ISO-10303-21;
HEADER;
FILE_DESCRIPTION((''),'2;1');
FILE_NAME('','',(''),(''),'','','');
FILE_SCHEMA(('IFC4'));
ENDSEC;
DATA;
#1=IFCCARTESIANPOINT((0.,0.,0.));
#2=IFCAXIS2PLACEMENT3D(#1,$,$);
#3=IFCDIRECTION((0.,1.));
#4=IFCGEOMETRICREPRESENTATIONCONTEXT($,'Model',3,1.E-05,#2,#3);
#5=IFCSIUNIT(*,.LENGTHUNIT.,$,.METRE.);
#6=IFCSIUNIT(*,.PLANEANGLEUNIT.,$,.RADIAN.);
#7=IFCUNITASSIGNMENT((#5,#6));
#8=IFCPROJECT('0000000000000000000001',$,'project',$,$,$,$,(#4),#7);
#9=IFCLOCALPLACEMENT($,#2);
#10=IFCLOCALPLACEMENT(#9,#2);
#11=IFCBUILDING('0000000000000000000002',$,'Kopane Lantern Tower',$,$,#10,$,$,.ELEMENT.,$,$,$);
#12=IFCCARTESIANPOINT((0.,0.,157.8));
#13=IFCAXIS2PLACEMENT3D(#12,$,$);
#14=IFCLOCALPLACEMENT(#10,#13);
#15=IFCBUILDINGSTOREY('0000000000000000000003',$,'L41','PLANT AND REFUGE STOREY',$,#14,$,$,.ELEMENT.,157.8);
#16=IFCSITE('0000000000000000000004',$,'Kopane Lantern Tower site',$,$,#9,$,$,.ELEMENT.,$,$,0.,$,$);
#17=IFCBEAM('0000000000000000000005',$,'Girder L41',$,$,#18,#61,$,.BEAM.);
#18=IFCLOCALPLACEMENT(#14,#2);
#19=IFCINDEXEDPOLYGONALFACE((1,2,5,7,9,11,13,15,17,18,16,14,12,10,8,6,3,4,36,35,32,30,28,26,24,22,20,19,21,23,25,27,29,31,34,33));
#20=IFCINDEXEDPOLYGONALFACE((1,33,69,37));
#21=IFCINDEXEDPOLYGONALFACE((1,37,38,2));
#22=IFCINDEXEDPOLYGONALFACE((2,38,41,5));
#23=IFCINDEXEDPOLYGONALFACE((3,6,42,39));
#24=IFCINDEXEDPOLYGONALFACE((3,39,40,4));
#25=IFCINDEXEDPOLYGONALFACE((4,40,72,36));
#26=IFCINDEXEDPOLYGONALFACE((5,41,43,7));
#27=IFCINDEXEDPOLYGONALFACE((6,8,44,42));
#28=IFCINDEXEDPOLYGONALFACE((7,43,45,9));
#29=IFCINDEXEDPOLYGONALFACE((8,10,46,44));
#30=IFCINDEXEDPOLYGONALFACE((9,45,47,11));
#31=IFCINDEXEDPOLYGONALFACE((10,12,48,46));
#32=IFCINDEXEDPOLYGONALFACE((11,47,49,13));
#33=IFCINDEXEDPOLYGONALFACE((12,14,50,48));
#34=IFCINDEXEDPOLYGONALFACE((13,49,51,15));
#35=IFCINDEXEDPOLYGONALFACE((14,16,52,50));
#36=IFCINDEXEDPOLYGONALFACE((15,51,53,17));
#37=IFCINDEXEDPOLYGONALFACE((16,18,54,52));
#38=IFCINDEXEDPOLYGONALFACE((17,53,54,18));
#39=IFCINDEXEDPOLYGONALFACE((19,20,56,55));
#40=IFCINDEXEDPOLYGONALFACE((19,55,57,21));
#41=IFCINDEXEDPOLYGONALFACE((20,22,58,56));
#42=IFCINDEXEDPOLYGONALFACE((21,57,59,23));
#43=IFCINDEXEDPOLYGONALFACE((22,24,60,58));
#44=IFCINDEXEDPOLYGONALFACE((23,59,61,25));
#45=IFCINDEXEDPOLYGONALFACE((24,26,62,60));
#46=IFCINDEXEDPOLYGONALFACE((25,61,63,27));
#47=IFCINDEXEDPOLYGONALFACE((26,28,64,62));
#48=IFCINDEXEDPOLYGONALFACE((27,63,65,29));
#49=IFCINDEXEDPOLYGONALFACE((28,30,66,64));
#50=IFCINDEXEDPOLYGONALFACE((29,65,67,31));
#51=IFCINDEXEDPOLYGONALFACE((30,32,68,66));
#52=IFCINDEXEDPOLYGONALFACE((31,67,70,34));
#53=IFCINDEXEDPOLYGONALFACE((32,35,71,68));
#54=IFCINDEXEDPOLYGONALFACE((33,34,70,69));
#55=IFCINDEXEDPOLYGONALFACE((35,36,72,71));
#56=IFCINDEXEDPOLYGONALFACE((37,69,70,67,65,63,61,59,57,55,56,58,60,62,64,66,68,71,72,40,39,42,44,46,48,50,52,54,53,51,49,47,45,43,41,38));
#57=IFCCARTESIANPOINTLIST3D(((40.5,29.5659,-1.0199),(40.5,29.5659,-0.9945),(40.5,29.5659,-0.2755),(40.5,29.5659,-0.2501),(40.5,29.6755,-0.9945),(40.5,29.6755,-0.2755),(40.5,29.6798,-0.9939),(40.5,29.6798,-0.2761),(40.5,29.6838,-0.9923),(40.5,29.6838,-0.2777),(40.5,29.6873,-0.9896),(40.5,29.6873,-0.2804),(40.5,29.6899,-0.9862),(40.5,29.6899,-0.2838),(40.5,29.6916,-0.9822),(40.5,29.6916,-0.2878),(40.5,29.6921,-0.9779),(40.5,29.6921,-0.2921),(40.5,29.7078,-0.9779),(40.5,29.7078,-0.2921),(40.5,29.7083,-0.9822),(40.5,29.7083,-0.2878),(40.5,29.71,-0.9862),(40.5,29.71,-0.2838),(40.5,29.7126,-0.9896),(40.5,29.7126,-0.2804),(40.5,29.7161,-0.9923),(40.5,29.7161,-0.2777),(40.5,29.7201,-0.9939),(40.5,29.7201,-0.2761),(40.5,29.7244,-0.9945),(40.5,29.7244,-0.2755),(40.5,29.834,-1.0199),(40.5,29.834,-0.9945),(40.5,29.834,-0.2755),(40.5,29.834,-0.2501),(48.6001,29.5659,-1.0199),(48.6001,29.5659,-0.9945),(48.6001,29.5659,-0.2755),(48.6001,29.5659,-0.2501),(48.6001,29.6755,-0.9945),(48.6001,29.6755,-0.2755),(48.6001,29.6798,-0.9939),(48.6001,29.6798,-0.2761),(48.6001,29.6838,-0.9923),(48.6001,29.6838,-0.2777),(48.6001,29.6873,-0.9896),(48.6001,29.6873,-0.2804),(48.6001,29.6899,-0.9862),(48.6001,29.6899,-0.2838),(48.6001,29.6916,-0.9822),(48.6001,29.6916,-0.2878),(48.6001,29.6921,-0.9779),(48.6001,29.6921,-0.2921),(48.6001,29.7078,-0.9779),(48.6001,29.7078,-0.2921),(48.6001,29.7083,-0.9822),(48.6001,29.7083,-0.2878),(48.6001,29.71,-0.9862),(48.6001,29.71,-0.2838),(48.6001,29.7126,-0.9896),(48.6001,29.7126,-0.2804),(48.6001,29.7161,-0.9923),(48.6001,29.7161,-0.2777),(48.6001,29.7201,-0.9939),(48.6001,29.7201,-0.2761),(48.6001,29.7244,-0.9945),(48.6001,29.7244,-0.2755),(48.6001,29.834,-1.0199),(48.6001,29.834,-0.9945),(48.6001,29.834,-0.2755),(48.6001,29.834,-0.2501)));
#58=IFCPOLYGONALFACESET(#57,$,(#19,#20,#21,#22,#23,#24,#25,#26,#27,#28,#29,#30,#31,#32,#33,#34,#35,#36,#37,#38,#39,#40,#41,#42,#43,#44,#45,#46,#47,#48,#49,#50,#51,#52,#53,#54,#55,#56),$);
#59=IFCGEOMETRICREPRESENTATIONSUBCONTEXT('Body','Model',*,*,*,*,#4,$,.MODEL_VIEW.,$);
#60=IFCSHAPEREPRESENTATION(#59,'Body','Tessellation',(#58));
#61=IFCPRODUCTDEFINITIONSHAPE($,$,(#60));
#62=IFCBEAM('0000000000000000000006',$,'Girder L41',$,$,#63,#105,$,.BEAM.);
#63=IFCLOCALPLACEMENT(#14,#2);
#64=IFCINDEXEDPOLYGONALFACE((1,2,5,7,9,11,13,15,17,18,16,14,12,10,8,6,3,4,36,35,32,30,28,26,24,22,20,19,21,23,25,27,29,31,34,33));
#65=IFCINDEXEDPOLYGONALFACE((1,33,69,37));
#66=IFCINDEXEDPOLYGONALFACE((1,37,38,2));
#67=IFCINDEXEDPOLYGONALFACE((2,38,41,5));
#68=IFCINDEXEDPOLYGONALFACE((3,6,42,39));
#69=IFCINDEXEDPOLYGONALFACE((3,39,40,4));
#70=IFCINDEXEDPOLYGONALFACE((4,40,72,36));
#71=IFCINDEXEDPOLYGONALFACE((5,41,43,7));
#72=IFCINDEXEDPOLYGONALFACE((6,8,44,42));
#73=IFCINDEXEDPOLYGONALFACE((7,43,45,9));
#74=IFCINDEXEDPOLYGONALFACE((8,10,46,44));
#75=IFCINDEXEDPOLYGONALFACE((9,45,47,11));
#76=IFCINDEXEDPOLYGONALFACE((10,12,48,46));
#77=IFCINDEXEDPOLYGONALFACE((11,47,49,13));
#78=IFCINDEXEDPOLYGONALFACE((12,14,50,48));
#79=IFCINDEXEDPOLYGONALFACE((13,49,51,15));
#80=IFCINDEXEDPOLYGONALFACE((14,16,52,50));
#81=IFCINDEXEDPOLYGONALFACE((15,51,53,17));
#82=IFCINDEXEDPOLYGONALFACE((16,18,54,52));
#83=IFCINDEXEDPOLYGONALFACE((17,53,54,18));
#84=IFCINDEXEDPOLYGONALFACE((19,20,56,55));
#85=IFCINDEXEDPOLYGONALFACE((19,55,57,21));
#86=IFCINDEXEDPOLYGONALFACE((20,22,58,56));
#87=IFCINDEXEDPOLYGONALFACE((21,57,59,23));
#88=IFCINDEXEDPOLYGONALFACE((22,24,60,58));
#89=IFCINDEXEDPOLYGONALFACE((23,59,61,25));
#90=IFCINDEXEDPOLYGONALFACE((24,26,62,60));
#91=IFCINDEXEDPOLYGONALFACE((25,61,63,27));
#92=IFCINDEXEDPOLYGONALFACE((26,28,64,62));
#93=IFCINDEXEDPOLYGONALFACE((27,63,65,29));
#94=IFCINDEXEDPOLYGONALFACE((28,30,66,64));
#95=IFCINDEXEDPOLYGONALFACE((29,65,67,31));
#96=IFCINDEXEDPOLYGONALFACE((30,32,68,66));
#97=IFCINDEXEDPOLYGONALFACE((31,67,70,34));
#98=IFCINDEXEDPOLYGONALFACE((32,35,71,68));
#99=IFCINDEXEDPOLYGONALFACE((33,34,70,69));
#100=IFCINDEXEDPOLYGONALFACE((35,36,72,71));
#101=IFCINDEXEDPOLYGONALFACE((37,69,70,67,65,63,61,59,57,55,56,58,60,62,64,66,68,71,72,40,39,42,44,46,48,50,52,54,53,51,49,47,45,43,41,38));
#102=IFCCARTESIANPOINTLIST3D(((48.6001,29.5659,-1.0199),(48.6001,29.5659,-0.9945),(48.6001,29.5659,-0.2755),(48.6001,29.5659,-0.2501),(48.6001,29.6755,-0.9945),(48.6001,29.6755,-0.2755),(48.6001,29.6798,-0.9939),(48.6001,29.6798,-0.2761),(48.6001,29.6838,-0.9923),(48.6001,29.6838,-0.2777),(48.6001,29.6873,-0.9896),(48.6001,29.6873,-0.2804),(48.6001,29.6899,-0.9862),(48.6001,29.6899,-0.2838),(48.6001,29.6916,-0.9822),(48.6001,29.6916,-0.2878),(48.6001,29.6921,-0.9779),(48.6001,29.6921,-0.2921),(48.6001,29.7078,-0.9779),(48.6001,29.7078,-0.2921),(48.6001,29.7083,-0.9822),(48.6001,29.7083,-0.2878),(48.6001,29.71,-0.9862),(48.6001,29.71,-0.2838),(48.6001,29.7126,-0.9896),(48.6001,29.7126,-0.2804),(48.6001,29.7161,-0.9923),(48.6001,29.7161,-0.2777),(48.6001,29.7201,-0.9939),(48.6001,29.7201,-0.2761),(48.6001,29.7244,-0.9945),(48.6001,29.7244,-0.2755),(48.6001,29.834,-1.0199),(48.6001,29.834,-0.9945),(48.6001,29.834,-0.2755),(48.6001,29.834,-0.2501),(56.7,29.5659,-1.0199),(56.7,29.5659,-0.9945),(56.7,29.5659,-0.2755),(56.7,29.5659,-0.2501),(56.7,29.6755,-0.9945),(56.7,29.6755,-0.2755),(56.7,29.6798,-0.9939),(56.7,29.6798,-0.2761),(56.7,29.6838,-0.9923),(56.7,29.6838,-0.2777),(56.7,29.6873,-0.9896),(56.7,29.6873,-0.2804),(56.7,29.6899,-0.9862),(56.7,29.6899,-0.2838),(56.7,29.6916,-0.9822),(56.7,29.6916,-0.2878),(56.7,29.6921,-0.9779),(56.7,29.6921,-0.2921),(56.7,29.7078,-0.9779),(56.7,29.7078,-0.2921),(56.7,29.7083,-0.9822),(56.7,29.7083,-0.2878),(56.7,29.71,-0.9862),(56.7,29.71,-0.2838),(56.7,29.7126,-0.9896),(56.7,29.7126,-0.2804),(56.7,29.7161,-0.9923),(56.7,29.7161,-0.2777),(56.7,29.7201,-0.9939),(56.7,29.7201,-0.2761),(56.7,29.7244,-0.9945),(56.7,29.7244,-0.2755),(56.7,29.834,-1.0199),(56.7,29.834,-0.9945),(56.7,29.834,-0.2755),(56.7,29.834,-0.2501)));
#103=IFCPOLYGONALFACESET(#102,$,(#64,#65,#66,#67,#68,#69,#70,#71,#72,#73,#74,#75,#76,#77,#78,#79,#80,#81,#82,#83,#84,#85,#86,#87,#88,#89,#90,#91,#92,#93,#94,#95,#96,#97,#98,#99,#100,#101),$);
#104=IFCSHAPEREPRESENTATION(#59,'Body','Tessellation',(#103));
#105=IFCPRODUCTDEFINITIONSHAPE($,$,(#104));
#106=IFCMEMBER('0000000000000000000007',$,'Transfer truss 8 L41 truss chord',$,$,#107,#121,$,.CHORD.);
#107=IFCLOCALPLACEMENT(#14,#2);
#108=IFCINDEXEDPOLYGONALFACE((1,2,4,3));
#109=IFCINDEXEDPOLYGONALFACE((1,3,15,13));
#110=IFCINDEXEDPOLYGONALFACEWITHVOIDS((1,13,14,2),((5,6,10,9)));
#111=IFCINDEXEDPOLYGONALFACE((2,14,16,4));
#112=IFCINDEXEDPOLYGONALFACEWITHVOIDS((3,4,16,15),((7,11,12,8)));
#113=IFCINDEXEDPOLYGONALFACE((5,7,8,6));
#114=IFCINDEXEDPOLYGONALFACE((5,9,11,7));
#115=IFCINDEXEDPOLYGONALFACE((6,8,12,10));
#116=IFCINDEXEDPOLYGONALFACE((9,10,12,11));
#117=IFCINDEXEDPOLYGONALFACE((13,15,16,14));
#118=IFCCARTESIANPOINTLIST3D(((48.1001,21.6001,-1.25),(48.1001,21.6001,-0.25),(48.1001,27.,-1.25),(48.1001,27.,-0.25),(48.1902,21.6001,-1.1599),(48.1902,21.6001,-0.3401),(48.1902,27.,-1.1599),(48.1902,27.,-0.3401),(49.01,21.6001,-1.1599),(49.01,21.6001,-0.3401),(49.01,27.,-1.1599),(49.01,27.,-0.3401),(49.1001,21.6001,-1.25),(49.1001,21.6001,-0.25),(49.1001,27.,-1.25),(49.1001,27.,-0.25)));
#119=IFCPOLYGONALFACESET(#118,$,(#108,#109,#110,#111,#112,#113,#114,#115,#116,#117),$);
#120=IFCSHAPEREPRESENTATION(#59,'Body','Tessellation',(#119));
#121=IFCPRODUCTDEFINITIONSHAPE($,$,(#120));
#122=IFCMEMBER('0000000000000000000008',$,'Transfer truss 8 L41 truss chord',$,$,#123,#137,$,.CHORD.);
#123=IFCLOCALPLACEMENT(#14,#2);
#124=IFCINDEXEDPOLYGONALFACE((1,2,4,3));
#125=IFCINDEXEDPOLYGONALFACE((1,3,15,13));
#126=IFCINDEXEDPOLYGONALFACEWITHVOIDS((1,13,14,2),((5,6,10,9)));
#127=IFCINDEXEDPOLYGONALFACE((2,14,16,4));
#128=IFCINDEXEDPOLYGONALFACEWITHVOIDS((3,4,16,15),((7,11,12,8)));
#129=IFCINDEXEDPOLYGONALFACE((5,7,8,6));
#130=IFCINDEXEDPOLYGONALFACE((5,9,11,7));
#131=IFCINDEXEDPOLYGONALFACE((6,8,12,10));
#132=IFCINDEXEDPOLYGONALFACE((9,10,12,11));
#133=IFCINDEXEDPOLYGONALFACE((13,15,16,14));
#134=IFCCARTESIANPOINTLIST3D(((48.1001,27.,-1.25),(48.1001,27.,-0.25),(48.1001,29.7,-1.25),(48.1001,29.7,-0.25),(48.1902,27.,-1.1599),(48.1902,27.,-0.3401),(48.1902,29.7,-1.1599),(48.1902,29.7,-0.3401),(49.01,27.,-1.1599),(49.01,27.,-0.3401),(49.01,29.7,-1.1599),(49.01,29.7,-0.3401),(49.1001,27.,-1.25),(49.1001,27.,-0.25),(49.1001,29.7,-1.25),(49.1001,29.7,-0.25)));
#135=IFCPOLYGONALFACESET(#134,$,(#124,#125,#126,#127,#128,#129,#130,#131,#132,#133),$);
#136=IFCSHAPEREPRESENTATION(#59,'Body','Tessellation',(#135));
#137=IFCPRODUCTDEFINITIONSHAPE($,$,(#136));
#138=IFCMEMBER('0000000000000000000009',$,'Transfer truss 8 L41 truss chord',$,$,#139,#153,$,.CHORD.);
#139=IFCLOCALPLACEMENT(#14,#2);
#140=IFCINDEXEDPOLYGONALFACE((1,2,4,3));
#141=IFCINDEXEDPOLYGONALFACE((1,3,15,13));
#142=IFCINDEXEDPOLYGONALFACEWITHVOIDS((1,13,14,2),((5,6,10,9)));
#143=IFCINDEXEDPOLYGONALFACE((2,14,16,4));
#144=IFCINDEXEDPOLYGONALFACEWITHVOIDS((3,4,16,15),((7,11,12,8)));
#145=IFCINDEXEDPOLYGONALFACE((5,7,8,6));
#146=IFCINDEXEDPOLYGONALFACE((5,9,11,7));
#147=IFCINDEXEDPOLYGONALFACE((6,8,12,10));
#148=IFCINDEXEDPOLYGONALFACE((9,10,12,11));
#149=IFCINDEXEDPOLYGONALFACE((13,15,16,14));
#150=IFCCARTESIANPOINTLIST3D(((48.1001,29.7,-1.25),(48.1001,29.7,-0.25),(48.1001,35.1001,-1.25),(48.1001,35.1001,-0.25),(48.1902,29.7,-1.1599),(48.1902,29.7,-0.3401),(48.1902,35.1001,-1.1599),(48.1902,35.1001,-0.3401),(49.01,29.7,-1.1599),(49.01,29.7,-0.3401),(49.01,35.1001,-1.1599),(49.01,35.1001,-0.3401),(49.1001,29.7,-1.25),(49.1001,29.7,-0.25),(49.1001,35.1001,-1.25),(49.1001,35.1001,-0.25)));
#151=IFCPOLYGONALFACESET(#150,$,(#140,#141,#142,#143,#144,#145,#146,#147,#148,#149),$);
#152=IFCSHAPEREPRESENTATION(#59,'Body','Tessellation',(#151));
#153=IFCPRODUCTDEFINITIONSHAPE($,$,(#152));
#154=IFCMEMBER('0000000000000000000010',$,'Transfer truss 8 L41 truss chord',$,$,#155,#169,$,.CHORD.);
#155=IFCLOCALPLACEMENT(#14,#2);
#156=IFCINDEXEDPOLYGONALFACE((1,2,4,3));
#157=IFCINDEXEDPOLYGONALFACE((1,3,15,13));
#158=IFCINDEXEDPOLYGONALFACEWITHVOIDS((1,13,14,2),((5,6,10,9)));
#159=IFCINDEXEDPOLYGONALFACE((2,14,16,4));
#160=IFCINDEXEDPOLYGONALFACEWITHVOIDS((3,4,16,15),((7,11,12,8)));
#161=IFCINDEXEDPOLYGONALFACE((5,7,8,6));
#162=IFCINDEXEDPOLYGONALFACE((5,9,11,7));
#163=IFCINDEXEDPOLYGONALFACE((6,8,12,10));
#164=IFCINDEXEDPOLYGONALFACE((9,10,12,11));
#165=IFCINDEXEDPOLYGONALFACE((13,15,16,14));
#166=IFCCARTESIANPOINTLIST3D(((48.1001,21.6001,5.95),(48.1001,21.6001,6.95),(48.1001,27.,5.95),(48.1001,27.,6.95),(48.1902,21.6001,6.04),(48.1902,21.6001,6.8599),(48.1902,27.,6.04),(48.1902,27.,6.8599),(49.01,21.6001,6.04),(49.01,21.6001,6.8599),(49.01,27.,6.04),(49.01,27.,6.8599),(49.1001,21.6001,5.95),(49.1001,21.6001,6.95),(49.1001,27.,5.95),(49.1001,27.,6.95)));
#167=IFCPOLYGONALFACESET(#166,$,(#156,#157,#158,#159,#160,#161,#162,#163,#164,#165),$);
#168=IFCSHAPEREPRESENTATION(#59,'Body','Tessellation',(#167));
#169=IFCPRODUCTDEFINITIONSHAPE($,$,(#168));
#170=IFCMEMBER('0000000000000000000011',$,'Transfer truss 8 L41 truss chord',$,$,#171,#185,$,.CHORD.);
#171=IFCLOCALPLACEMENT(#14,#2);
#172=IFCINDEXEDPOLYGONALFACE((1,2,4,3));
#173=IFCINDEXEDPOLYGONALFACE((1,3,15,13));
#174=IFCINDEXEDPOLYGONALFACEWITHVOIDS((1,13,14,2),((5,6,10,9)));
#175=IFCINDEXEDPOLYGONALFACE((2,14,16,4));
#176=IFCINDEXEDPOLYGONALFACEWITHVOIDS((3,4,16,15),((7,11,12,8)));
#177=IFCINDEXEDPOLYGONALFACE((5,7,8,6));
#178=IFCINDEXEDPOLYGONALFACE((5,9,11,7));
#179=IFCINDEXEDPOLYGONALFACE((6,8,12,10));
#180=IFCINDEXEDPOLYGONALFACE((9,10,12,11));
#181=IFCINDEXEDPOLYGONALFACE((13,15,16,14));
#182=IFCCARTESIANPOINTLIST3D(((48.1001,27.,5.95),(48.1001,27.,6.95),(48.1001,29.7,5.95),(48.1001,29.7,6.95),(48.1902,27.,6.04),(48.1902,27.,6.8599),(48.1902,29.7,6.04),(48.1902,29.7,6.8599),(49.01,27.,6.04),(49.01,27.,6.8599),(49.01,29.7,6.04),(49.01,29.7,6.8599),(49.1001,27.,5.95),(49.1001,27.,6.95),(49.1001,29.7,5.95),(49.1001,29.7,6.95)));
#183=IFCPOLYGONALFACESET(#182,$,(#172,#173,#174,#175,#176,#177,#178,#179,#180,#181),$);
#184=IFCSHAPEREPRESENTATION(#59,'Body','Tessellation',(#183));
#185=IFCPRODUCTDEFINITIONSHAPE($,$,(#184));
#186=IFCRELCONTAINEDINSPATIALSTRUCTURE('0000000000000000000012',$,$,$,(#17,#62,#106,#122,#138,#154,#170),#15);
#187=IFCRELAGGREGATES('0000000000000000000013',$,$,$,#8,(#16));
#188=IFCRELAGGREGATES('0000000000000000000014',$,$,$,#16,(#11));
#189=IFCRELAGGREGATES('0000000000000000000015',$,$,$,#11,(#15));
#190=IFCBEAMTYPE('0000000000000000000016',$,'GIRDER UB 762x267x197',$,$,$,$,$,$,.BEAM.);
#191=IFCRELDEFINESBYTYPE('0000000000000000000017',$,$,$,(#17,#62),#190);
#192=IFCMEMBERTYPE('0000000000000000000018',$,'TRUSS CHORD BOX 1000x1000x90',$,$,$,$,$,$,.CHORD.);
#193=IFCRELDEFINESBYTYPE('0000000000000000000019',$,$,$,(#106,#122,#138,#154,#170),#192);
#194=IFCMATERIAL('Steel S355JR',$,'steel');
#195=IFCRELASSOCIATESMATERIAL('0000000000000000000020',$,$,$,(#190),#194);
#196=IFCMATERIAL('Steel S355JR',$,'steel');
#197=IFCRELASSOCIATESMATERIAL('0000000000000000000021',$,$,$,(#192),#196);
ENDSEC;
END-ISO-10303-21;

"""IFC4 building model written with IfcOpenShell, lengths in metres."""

from ifc_helpers import new_model, si_unit, direction, frame, origin, origin_2d, place, context, subcontext, project, spatial, hollow_rectangle, i_section, extrude, material, material_profile, profile_set, type_object, element, save


model = new_model("IFC4")

# Units and contexts
model_context = context("Model", 3, precision=1e-05, world=origin(), true_north=direction((0.0, 1.0)))
body_context = subcontext(model_context, "Body", "Model", "MODEL_VIEW")
ifc_project = project(units=[si_unit("LENGTHUNIT", "METRE"), si_unit("PLANEANGLEUNIT", "RADIAN")], contexts=[model_context])

# Site, building, storey
site_placement = place(None, origin())
site = spatial("IfcSite", under=ifc_project, at=site_placement, Name="Kopane Lantern Tower site", CompositionType="ELEMENT", RefElevation=0.0)
building_placement = place(site_placement, origin())
building = spatial("IfcBuilding", under=site, at=building_placement, Name="Kopane Lantern Tower", CompositionType="ELEMENT")
storey_placement = place(building_placement, frame((0.0, 0.0, 157.8)))
storey = spatial("IfcBuildingStorey", under=building, at=storey_placement, Name="L41", Description="PLANT AND REFUGE STOREY", CompositionType="ELEMENT", Elevation=157.8)

# Beams
ifc_material_1 = material(Name="Steel S355JR", Category="steel")
ifc_material_profile_1 = material_profile(ifc_material_1, i_section(OverallWidth=0.2681, OverallDepth=0.7698, WebThickness=0.0156, FlangeThickness=0.0254, FilletRadius=0.0166, at=origin_2d()), Name="UB 762x267x197")
ifc_profile_set_1 = profile_set([ifc_material_profile_1], Name="Steel S355JR")
beam_type = type_object("IfcBeamType", Name="GIRDER UB 762x267x197", PredefinedType="BEAM", material=ifc_profile_set_1)
beam_1_placement = place(storey_placement, frame((40.5, 29.7, -0.635), z_axis=(1.0, 0.0, 0.0), x_axis=(0.0, 1.0, 0.0)))
element("IfcBeam", 1, at=beam_1_placement, inside=storey, type_object=beam_type, Name="Girder L41", PredefinedType="BEAM", context=body_context, shape_type="SweptSolid", body=[
    extrude(i_section(OverallWidth=0.2681, OverallDepth=0.7698, WebThickness=0.0156, FlangeThickness=0.0254, FilletRadius=0.0166, at=origin_2d()), origin(), (0.0, 0.0, 1.0), 8.1001),
])
beam_2_placement = place(storey_placement, frame((48.6001, 29.7, -0.635), z_axis=(1.0, 0.0, 0.0), x_axis=(0.0, 1.0, 0.0)))
element("IfcBeam", 2, at=beam_2_placement, inside=storey, type_object=beam_type, Name="Girder L41", PredefinedType="BEAM", context=body_context, shape_type="SweptSolid", body=[
    extrude(i_section(OverallWidth=0.2681, OverallDepth=0.7698, WebThickness=0.0156, FlangeThickness=0.0254, FilletRadius=0.0166, at=origin_2d()), origin(), (0.0, 0.0, 1.0), 8.0999),
])

# Members
ifc_material_2 = material(Name="Steel S355JR", Category="steel")
ifc_material_profile_2 = material_profile(ifc_material_2, hollow_rectangle(XDim=1.0, YDim=1.0, WallThickness=0.0901, at=origin_2d()), Name="BOX 1000x1000x90")
ifc_profile_set_2 = profile_set([ifc_material_profile_2], Name="Steel S355JR")
member_type_1 = type_object("IfcMemberType", Name="TRUSS CHORD BOX 1000x1000x90", PredefinedType="CHORD", material=ifc_profile_set_2)
member_1_placement = place(storey_placement, frame((48.6001, 21.6001, -0.75), z_axis=(0.0, 1.0, 0.0), x_axis=(-1.0, 0.0, 0.0)))
element("IfcMember", 3, at=member_1_placement, inside=storey, type_object=member_type_1, Name="Transfer truss 8 L41 truss chord", PredefinedType="CHORD", context=body_context, shape_type="SweptSolid", body=[
    extrude(hollow_rectangle(XDim=1.0, YDim=1.0, WallThickness=0.0901, at=origin_2d()), origin(), (0.0, 0.0, 1.0), 5.3999),
])
member_2_placement = place(storey_placement, frame((48.6001, 27.0, -0.75), z_axis=(0.0, 1.0, 0.0), x_axis=(-1.0, 0.0, 0.0)))
element("IfcMember", 4, at=member_2_placement, inside=storey, type_object=member_type_1, Name="Transfer truss 8 L41 truss chord", PredefinedType="CHORD", context=body_context, shape_type="SweptSolid", body=[
    extrude(hollow_rectangle(XDim=1.0, YDim=1.0, WallThickness=0.0901, at=origin_2d()), origin(), (0.0, 0.0, 1.0), 2.7),
])
member_3_placement = place(storey_placement, frame((48.6001, 29.7, -0.75), z_axis=(0.0, 1.0, 0.0), x_axis=(-1.0, 0.0, 0.0)))
element("IfcMember", 5, at=member_3_placement, inside=storey, type_object=member_type_1, Name="Transfer truss 8 L41 truss chord", PredefinedType="CHORD", context=body_context, shape_type="SweptSolid", body=[
    extrude(hollow_rectangle(XDim=1.0, YDim=1.0, WallThickness=0.0901, at=origin_2d()), origin(), (0.0, 0.0, 1.0), 5.4001),
])
member_4_placement = place(storey_placement, frame((48.6001, 21.6001, 6.45), z_axis=(0.0, 1.0, 0.0), x_axis=(-1.0, 0.0, 0.0)))
element("IfcMember", 6, at=member_4_placement, inside=storey, type_object=member_type_1, Name="Transfer truss 8 L41 truss chord", PredefinedType="CHORD", context=body_context, shape_type="SweptSolid", body=[
    extrude(hollow_rectangle(XDim=1.0, YDim=1.0, WallThickness=0.0901, at=origin_2d()), origin(), (0.0, 0.0, 1.0), 5.3999),
])
member_5_placement = place(storey_placement, frame((48.6001, 27.0, 6.45), z_axis=(0.0, 1.0, 0.0), x_axis=(-1.0, 0.0, 0.0)))
element("IfcMember", 7, at=member_5_placement, inside=storey, type_object=member_type_1, Name="Transfer truss 8 L41 truss chord", PredefinedType="CHORD", context=body_context, shape_type="SweptSolid", body=[
    extrude(hollow_rectangle(XDim=1.0, YDim=1.0, WallThickness=0.0901, at=origin_2d()), origin(), (0.0, 0.0, 1.0), 2.7),
])

save(model, "model.ifc")
